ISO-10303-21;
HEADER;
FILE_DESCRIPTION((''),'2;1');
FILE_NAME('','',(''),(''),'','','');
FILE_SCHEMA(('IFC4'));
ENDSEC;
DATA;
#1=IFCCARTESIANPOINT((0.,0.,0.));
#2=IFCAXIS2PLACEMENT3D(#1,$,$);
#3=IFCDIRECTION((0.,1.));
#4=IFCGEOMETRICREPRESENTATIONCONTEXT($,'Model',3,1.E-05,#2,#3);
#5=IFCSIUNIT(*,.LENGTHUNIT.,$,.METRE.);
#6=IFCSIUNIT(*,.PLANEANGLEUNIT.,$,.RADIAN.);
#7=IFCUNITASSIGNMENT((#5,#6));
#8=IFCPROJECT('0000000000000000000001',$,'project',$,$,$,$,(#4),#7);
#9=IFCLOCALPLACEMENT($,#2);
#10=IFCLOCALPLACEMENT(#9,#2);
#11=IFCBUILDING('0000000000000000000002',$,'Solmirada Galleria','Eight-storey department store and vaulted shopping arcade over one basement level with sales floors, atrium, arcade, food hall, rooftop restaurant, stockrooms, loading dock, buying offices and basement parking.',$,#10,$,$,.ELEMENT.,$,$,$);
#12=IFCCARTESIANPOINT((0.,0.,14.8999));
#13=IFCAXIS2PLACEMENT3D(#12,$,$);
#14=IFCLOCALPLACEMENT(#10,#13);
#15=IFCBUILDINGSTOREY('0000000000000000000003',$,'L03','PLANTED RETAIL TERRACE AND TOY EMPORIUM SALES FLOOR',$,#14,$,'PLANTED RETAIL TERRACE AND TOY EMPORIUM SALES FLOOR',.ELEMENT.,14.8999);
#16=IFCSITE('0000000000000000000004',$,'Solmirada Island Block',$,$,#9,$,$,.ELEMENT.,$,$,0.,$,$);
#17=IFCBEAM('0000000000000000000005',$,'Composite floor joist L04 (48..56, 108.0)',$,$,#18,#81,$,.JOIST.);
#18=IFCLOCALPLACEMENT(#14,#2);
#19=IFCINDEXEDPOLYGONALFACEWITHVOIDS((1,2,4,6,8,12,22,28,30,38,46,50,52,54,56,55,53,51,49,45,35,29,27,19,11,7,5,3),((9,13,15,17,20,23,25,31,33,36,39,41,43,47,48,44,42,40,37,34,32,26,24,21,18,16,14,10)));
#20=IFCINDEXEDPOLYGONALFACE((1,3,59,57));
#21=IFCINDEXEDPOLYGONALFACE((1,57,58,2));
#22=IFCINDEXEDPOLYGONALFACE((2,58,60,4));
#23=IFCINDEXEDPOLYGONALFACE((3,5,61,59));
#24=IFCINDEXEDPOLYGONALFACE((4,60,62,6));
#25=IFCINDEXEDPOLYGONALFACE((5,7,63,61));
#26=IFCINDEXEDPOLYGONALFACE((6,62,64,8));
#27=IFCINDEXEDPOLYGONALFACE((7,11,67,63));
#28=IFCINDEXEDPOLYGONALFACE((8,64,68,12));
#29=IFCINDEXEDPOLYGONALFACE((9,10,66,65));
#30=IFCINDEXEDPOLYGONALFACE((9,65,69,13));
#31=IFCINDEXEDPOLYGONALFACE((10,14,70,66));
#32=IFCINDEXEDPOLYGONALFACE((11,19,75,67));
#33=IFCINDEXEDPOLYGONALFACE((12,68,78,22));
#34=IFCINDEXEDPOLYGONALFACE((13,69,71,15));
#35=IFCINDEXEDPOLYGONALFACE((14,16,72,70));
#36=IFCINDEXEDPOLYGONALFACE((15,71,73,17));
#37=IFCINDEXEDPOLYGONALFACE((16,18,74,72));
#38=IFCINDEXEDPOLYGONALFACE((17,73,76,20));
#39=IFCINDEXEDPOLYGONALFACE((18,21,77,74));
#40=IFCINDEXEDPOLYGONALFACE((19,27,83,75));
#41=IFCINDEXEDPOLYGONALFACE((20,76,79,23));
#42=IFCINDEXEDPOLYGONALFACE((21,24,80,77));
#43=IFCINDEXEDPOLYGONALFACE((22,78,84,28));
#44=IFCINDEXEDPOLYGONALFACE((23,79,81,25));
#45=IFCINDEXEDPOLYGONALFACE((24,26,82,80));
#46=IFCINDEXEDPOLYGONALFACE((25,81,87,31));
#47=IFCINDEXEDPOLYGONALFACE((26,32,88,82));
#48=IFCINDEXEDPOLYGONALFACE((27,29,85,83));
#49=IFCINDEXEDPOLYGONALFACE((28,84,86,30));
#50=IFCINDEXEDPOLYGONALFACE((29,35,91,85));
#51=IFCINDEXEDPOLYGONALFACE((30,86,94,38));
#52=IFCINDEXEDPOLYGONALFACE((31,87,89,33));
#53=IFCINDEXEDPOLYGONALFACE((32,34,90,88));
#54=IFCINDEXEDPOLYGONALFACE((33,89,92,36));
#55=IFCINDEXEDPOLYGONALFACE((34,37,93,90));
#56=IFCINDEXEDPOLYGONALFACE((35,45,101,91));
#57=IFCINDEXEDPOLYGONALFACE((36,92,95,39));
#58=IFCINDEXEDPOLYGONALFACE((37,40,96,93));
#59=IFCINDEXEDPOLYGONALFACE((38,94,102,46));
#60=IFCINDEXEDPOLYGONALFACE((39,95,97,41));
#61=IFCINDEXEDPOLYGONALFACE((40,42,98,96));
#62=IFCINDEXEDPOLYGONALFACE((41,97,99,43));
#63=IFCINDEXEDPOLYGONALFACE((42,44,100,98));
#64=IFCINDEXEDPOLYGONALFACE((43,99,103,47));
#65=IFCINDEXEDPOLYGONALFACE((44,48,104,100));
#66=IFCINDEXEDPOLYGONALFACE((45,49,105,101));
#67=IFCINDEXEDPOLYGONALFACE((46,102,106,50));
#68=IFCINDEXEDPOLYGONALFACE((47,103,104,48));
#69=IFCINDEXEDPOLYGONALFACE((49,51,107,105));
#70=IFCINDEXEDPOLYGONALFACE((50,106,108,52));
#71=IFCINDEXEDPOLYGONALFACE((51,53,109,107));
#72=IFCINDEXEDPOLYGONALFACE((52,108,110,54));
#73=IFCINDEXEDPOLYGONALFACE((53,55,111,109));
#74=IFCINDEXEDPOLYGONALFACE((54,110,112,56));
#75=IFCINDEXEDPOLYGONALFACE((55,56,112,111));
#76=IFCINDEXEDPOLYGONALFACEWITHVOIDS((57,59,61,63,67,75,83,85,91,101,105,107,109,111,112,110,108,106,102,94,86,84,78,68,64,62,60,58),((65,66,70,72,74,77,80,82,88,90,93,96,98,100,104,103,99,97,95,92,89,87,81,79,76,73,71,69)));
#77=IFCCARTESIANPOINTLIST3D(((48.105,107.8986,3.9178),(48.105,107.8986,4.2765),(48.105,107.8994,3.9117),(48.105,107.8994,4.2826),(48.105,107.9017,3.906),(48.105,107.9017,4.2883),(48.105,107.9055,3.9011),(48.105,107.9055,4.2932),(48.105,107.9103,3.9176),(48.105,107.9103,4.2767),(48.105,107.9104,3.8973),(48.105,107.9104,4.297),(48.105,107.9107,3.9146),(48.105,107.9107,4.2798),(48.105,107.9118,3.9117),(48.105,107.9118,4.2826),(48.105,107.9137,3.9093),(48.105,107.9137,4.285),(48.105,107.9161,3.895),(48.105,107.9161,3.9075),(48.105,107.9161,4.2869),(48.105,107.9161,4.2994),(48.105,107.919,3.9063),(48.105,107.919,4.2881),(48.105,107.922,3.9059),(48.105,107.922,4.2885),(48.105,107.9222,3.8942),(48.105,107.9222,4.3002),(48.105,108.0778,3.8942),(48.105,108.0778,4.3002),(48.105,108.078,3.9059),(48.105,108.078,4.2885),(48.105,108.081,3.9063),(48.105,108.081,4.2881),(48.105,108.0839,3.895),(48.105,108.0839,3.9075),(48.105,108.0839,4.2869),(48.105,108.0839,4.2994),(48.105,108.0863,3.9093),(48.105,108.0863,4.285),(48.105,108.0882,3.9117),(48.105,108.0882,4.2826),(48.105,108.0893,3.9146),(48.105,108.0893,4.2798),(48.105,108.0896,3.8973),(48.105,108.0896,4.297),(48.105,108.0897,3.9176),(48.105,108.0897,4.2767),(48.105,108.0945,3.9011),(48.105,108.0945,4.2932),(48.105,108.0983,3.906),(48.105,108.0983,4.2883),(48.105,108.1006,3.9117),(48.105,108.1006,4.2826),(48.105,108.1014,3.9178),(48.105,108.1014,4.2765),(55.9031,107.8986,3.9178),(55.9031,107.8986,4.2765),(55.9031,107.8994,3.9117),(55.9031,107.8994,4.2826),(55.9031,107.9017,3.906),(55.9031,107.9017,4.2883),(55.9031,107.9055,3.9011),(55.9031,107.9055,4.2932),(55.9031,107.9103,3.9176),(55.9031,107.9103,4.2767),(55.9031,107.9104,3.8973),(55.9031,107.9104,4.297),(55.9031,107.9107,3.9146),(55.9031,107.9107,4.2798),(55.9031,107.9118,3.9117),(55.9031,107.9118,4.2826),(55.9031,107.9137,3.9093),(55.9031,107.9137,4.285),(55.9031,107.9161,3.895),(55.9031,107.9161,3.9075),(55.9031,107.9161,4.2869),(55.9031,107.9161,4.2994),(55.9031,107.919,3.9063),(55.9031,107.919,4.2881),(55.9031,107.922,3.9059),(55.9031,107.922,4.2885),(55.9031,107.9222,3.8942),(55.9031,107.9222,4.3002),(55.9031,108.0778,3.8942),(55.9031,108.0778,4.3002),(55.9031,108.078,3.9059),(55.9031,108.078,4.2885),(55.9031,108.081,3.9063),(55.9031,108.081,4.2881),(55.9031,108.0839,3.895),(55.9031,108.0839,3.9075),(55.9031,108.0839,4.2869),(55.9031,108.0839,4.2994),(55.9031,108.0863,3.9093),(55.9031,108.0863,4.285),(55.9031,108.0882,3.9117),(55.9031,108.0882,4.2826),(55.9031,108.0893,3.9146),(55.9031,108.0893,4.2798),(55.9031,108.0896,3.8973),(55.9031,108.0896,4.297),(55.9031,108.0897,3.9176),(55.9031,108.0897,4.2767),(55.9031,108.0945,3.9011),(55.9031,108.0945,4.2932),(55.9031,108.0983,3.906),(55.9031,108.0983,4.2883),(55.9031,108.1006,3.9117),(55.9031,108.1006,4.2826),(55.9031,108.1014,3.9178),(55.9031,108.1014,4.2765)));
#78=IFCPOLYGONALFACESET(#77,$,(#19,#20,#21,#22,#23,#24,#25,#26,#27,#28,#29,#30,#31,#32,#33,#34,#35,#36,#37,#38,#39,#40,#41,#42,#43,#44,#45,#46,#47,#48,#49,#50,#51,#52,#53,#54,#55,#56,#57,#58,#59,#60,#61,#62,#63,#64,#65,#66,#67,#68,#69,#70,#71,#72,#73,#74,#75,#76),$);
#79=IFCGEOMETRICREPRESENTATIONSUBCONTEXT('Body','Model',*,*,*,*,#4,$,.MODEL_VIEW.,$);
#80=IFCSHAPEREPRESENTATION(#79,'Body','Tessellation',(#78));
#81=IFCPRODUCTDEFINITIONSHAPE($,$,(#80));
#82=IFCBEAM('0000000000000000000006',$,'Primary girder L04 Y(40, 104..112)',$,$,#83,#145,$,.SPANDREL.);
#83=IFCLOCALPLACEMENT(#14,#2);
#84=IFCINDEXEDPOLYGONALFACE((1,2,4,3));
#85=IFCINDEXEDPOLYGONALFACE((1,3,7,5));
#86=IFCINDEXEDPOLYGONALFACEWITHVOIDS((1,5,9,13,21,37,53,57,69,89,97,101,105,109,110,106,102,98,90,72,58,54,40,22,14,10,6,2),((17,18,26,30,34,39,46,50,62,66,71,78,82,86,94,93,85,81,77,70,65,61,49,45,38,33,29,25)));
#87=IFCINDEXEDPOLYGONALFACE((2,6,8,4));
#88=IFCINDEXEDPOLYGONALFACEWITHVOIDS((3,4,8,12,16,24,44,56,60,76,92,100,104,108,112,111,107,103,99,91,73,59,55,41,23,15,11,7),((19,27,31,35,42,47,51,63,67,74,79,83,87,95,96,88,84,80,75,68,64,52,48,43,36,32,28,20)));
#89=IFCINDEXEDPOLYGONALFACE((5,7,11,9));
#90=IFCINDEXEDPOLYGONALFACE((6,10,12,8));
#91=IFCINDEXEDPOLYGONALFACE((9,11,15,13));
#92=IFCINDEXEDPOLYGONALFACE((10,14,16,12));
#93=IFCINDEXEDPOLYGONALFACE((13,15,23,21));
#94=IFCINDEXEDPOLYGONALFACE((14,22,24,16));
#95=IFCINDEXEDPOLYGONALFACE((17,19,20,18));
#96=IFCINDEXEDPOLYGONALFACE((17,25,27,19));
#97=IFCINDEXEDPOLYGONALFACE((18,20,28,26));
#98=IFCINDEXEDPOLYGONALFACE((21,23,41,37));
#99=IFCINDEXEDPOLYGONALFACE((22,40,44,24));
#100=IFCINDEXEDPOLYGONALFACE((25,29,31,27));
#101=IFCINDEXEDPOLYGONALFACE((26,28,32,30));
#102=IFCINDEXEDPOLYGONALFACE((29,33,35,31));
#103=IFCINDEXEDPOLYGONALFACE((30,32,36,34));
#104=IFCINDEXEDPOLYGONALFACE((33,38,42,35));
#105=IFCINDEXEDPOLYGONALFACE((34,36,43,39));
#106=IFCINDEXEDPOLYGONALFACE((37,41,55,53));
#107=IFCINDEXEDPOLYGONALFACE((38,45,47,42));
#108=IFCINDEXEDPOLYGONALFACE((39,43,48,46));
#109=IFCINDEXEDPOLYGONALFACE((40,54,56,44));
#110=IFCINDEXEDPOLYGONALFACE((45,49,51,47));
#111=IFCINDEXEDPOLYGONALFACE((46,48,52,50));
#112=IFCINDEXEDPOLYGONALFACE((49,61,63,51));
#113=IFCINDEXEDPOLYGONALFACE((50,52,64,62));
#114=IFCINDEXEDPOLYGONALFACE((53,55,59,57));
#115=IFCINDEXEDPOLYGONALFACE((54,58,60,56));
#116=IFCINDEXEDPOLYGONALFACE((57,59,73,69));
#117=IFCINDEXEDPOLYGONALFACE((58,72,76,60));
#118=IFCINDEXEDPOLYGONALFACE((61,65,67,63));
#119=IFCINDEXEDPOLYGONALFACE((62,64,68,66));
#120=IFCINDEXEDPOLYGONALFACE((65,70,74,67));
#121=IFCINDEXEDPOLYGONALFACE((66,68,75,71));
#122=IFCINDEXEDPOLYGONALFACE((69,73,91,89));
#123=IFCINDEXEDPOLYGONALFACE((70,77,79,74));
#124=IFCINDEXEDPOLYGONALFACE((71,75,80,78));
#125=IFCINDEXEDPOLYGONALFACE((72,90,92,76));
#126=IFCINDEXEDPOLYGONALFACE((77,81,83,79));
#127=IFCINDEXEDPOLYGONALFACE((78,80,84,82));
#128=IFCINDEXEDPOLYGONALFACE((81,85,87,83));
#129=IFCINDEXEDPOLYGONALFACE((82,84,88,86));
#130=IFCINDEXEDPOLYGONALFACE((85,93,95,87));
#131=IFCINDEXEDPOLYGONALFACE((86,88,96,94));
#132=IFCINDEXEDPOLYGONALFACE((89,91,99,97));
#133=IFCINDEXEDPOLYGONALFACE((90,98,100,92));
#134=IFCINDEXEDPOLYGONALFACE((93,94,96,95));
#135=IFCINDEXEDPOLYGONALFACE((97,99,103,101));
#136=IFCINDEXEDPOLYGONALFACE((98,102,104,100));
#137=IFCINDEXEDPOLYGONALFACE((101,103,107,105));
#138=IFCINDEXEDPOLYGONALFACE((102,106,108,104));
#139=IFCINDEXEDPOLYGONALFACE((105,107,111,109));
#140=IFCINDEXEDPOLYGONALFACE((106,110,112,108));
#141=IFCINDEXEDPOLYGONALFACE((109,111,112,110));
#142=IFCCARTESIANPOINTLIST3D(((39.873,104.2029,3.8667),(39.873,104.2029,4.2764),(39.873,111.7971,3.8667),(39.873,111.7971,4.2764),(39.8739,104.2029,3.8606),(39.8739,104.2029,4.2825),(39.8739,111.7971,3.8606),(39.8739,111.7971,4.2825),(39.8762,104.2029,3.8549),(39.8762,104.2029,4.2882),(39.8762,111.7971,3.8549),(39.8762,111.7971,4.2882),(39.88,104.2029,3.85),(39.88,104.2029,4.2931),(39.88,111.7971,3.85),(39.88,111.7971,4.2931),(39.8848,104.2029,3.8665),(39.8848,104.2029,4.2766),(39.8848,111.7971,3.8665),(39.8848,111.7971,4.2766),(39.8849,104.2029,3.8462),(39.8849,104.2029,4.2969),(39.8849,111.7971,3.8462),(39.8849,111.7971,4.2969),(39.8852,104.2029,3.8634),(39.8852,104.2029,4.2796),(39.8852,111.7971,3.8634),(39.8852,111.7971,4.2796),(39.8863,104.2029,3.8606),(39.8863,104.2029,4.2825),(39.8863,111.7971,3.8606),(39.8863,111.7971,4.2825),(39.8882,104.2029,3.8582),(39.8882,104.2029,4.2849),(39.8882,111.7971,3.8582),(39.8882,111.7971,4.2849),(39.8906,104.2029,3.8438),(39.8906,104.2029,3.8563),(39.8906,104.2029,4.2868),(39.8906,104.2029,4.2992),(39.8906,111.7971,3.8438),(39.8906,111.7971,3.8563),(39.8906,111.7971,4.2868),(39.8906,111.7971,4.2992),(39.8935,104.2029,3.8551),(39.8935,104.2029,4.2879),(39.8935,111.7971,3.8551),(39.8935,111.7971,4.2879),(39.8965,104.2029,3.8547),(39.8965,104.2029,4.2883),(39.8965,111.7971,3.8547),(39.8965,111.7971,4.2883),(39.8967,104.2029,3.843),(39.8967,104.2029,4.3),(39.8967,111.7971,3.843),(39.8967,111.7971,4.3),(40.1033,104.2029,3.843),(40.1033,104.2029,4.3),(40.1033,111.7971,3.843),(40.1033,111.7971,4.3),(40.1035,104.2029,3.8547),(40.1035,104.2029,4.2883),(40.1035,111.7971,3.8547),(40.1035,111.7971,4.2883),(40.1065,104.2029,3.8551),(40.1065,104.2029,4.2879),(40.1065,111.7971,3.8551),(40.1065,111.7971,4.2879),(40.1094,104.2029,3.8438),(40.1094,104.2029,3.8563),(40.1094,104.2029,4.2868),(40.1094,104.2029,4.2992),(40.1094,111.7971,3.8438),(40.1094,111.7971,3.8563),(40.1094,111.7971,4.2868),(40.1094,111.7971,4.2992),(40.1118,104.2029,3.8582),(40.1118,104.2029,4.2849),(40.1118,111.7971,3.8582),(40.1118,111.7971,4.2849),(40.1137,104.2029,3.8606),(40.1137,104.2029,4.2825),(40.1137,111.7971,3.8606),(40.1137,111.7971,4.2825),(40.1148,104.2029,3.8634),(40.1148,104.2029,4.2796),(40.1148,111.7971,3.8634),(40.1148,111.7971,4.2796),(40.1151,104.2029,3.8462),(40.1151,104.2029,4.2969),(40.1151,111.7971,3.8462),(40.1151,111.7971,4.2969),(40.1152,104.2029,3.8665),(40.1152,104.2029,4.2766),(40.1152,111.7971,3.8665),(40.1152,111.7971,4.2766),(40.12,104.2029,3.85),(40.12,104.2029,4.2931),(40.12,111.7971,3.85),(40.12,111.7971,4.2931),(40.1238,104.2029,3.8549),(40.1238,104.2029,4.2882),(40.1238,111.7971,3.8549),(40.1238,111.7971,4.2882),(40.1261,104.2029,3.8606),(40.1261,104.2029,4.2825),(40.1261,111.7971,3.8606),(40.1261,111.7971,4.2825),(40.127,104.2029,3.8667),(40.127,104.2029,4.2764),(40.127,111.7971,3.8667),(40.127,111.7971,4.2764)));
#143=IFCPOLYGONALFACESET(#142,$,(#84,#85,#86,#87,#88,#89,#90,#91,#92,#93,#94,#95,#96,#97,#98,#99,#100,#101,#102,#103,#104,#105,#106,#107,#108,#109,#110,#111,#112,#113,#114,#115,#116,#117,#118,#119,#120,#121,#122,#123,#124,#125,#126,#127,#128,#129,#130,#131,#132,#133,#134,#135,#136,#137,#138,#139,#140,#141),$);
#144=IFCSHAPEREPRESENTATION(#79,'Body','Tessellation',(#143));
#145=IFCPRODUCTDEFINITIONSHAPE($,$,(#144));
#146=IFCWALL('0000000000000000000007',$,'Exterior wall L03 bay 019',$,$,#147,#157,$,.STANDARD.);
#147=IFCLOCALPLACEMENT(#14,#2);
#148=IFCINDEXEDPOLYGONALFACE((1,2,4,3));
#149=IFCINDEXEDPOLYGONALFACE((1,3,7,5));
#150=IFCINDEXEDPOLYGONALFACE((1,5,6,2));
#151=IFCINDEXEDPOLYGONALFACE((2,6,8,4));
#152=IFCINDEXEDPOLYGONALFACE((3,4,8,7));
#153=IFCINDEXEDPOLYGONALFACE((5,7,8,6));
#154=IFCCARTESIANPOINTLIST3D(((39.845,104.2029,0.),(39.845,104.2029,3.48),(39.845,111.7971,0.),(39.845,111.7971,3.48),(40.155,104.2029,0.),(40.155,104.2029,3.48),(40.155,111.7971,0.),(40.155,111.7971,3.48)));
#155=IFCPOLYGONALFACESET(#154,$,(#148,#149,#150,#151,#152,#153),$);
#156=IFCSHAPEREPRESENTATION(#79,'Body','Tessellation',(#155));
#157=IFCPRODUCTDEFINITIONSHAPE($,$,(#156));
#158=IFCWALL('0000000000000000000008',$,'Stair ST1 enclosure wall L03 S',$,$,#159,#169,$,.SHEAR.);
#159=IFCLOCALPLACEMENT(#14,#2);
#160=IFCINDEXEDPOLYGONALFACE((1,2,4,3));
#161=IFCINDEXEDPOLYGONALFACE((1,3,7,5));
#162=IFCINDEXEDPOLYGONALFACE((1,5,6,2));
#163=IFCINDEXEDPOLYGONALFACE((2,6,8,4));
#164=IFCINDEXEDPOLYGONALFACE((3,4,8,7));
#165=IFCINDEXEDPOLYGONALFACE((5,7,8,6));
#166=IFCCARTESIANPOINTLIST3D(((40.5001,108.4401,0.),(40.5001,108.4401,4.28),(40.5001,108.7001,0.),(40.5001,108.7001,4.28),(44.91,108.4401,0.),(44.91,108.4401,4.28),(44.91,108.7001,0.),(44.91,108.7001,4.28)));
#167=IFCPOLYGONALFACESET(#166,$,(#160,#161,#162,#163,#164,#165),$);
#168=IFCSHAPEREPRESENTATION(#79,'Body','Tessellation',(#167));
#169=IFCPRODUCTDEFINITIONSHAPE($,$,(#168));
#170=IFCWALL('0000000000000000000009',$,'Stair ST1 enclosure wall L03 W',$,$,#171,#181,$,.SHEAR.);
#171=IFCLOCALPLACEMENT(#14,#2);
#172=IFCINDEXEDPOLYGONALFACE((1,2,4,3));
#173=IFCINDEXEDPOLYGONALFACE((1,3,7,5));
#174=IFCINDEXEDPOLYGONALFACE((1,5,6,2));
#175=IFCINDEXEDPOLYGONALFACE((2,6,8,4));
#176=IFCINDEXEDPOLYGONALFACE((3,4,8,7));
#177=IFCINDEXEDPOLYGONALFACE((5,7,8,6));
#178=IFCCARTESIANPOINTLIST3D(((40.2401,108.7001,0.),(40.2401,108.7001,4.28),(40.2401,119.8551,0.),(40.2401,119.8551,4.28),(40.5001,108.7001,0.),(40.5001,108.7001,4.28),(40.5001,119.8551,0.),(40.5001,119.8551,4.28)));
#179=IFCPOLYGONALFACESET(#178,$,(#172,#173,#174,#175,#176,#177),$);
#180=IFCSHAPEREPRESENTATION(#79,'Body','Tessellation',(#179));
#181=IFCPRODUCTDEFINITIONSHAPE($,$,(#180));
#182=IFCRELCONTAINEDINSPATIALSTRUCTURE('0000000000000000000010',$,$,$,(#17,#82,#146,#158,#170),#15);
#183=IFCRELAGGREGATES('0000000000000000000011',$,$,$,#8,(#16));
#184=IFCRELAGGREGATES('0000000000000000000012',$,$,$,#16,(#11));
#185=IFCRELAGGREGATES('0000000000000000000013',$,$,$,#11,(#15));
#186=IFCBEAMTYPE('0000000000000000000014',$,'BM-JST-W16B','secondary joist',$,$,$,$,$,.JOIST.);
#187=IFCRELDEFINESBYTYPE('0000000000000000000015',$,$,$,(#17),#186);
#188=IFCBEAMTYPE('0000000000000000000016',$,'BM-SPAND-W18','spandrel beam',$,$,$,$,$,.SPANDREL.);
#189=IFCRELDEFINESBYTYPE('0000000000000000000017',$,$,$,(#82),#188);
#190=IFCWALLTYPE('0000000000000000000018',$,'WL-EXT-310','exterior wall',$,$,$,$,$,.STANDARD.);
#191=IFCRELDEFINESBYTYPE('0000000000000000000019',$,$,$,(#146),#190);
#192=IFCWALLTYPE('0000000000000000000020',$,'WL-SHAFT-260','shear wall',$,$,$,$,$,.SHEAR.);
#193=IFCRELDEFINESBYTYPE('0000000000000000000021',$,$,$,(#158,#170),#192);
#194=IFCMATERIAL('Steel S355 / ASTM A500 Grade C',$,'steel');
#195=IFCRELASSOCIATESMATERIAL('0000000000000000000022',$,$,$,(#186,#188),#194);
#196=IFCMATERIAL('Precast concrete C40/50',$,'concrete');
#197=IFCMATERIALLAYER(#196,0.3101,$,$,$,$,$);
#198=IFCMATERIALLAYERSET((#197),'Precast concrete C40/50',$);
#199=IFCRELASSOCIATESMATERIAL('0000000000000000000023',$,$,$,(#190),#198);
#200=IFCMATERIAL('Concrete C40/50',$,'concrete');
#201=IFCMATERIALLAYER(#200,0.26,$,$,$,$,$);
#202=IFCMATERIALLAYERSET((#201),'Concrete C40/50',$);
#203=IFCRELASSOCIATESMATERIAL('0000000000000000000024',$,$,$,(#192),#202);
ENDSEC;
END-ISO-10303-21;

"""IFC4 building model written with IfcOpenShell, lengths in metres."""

from ifc_helpers import new_model, si_unit, direction, frame, frame_2d, origin, origin_2d, place, context, subcontext, project, spatial, rectangle, hollow_rectangle, extrude, material, layer, layer_set, material_profile, profile_set, type_object, element, save


model = new_model("IFC4")

# Units and contexts
model_context = context("Model", 3, precision=1e-05, world=origin(), true_north=direction((0.0, 1.0)))
body_context = subcontext(model_context, "Body", "Model", "MODEL_VIEW")
ifc_project = project(units=[si_unit("LENGTHUNIT", "METRE"), si_unit("PLANEANGLEUNIT", "RADIAN")], contexts=[model_context])

# Site, building, storey
site_placement = place(None, origin())
site = spatial("IfcSite", under=ifc_project, at=site_placement, Name="Solmirada Island Block", CompositionType="ELEMENT", RefElevation=0.0)
building_placement = place(site_placement, origin())
building = spatial("IfcBuilding", under=site, at=building_placement, Name="Solmirada Galleria", Description="Eight-storey department store and vaulted shopping arcade over one basement level with sales floors, atrium, arcade, food hall, rooftop restaurant, stockrooms, loading dock, buying offices and basement parking.", CompositionType="ELEMENT")
storey_placement = place(building_placement, frame((0.0, 0.0, 14.8999)))
storey = spatial("IfcBuildingStorey", under=building, at=storey_placement, Name="L03", Description="PLANTED RETAIL TERRACE AND TOY EMPORIUM SALES FLOOR", LongName="PLANTED RETAIL TERRACE AND TOY EMPORIUM SALES FLOOR", CompositionType="ELEMENT", Elevation=14.8999)

# Shared definitions
ifc_material_1 = material(Name="Concrete C40/50", Category="concrete")

# Beams
ifc_material_2 = material(Name="Steel S355 / ASTM A500 Grade C", Category="steel")
ifc_material_profile_1 = material_profile(ifc_material_2, hollow_rectangle(XDim=0.2029, YDim=0.406, WallThickness=0.0117, InnerFilletRadius=0.0117, OuterFilletRadius=0.0237, at=origin_2d()), Name="HSS16X8X1/2")
ifc_profile_set_1 = profile_set([ifc_material_profile_1], Name="Steel S355 / ASTM A500 Grade C")
beam_type_1 = type_object("IfcBeamType", Name="BM-JST-W16B", Description="secondary joist", PredefinedType="JOIST", material=ifc_profile_set_1)
beam_1_placement = place(storey_placement, frame((48.105, 108.0, 4.0972), z_axis=(1.0, 0.0, 0.0), x_axis=(0.0, 1.0, 0.0)))
element("IfcBeam", 1, at=beam_1_placement, inside=storey, type_object=beam_type_1, Name="Composite floor joist L04 (48..56, 108.0)", PredefinedType="JOIST", context=body_context, shape_type="SweptSolid", body=[
    extrude(hollow_rectangle(XDim=0.2029, YDim=0.406, WallThickness=0.0117, InnerFilletRadius=0.0117, OuterFilletRadius=0.0237, at=origin_2d()), origin(), (0.0, 0.0, 1.0), 7.7981),
])
ifc_material_profile_2 = material_profile(ifc_material_2, hollow_rectangle(XDim=0.2539, YDim=0.457, WallThickness=0.0117, InnerFilletRadius=0.0117, OuterFilletRadius=0.0237, at=origin_2d()), Name="HSS18X10X1/2")
ifc_profile_set_2 = profile_set([ifc_material_profile_2], Name="Steel S355 / ASTM A500 Grade C")
beam_type_2 = type_object("IfcBeamType", Name="BM-SPAND-W18", Description="spandrel beam", PredefinedType="SPANDREL", material=ifc_profile_set_2)
beam_2_placement = place(storey_placement, frame((40.0, 104.2029, 4.0715), z_axis=(0.0, 1.0, 0.0), x_axis=(-1.0, 0.0, 0.0)))
element("IfcBeam", 2, at=beam_2_placement, inside=storey, type_object=beam_type_2, Name="Primary girder L04 Y(40, 104..112)", PredefinedType="SPANDREL", context=body_context, shape_type="SweptSolid", body=[
    extrude(hollow_rectangle(XDim=0.2539, YDim=0.457, WallThickness=0.0117, InnerFilletRadius=0.0117, OuterFilletRadius=0.0237, at=origin_2d()), origin(), (0.0, 0.0, 1.0), 7.5942),
])

# Walls
ifc_material_3 = material(Name="Precast concrete C40/50", Category="concrete")
ifc_layer_1 = layer(ifc_material_3, 0.3101)
ifc_layer_set_1 = layer_set([ifc_layer_1], Name="Precast concrete C40/50")
wall_type_1 = type_object("IfcWallType", Name="WL-EXT-310", Description="exterior wall", PredefinedType="STANDARD", material=ifc_layer_set_1)
wall_1_placement = place(storey_placement, frame((40.0, 104.2029, 0.0), z_axis=(0.0, 0.0, 1.0), x_axis=(0.0, 1.0, 0.0)))
element("IfcWall", 3, at=wall_1_placement, inside=storey, type_object=wall_type_1, Name="Exterior wall L03 bay 019", PredefinedType="STANDARD", context=body_context, shape_type="SweptSolid", body=[
    extrude(rectangle(XDim=7.5942, YDim=0.3101, at=frame_2d((3.7971, 0.0))), origin(), (0.0, 0.0, 1.0), 3.48),
])
ifc_layer_2 = layer(ifc_material_1, 0.26)
ifc_layer_set_2 = layer_set([ifc_layer_2], Name="Concrete C40/50")
wall_type_2 = type_object("IfcWallType", Name="WL-SHAFT-260", Description="shear wall", PredefinedType="SHEAR", material=ifc_layer_set_2)
wall_2_placement = place(storey_placement, frame((40.5, 108.5701, 0.0), z_axis=(0.0, 0.0, 1.0), x_axis=(1.0, 0.0, 0.0)))
element("IfcWall", 4, at=wall_2_placement, inside=storey, type_object=wall_type_2, Name="Stair ST1 enclosure wall L03 S", PredefinedType="SHEAR", context=body_context, shape_type="SweptSolid", body=[
    extrude(rectangle(XDim=4.4099, YDim=0.26, at=frame_2d((2.2051, 0.0))), origin(), (0.0, 0.0, 1.0), 4.28),
])
wall_3_placement = place(storey_placement, frame((40.3701, 108.7, 0.0), z_axis=(0.0, 0.0, 1.0), x_axis=(0.0, 1.0, 0.0)))
element("IfcWall", 5, at=wall_3_placement, inside=storey, type_object=wall_type_2, Name="Stair ST1 enclosure wall L03 W", PredefinedType="SHEAR", context=body_context, shape_type="SweptSolid", body=[
    extrude(rectangle(XDim=11.155, YDim=0.26, at=frame_2d((5.5776, 0.0))), origin(), (0.0, 0.0, 1.0), 4.28),
])

save(model, "model.ifc")
